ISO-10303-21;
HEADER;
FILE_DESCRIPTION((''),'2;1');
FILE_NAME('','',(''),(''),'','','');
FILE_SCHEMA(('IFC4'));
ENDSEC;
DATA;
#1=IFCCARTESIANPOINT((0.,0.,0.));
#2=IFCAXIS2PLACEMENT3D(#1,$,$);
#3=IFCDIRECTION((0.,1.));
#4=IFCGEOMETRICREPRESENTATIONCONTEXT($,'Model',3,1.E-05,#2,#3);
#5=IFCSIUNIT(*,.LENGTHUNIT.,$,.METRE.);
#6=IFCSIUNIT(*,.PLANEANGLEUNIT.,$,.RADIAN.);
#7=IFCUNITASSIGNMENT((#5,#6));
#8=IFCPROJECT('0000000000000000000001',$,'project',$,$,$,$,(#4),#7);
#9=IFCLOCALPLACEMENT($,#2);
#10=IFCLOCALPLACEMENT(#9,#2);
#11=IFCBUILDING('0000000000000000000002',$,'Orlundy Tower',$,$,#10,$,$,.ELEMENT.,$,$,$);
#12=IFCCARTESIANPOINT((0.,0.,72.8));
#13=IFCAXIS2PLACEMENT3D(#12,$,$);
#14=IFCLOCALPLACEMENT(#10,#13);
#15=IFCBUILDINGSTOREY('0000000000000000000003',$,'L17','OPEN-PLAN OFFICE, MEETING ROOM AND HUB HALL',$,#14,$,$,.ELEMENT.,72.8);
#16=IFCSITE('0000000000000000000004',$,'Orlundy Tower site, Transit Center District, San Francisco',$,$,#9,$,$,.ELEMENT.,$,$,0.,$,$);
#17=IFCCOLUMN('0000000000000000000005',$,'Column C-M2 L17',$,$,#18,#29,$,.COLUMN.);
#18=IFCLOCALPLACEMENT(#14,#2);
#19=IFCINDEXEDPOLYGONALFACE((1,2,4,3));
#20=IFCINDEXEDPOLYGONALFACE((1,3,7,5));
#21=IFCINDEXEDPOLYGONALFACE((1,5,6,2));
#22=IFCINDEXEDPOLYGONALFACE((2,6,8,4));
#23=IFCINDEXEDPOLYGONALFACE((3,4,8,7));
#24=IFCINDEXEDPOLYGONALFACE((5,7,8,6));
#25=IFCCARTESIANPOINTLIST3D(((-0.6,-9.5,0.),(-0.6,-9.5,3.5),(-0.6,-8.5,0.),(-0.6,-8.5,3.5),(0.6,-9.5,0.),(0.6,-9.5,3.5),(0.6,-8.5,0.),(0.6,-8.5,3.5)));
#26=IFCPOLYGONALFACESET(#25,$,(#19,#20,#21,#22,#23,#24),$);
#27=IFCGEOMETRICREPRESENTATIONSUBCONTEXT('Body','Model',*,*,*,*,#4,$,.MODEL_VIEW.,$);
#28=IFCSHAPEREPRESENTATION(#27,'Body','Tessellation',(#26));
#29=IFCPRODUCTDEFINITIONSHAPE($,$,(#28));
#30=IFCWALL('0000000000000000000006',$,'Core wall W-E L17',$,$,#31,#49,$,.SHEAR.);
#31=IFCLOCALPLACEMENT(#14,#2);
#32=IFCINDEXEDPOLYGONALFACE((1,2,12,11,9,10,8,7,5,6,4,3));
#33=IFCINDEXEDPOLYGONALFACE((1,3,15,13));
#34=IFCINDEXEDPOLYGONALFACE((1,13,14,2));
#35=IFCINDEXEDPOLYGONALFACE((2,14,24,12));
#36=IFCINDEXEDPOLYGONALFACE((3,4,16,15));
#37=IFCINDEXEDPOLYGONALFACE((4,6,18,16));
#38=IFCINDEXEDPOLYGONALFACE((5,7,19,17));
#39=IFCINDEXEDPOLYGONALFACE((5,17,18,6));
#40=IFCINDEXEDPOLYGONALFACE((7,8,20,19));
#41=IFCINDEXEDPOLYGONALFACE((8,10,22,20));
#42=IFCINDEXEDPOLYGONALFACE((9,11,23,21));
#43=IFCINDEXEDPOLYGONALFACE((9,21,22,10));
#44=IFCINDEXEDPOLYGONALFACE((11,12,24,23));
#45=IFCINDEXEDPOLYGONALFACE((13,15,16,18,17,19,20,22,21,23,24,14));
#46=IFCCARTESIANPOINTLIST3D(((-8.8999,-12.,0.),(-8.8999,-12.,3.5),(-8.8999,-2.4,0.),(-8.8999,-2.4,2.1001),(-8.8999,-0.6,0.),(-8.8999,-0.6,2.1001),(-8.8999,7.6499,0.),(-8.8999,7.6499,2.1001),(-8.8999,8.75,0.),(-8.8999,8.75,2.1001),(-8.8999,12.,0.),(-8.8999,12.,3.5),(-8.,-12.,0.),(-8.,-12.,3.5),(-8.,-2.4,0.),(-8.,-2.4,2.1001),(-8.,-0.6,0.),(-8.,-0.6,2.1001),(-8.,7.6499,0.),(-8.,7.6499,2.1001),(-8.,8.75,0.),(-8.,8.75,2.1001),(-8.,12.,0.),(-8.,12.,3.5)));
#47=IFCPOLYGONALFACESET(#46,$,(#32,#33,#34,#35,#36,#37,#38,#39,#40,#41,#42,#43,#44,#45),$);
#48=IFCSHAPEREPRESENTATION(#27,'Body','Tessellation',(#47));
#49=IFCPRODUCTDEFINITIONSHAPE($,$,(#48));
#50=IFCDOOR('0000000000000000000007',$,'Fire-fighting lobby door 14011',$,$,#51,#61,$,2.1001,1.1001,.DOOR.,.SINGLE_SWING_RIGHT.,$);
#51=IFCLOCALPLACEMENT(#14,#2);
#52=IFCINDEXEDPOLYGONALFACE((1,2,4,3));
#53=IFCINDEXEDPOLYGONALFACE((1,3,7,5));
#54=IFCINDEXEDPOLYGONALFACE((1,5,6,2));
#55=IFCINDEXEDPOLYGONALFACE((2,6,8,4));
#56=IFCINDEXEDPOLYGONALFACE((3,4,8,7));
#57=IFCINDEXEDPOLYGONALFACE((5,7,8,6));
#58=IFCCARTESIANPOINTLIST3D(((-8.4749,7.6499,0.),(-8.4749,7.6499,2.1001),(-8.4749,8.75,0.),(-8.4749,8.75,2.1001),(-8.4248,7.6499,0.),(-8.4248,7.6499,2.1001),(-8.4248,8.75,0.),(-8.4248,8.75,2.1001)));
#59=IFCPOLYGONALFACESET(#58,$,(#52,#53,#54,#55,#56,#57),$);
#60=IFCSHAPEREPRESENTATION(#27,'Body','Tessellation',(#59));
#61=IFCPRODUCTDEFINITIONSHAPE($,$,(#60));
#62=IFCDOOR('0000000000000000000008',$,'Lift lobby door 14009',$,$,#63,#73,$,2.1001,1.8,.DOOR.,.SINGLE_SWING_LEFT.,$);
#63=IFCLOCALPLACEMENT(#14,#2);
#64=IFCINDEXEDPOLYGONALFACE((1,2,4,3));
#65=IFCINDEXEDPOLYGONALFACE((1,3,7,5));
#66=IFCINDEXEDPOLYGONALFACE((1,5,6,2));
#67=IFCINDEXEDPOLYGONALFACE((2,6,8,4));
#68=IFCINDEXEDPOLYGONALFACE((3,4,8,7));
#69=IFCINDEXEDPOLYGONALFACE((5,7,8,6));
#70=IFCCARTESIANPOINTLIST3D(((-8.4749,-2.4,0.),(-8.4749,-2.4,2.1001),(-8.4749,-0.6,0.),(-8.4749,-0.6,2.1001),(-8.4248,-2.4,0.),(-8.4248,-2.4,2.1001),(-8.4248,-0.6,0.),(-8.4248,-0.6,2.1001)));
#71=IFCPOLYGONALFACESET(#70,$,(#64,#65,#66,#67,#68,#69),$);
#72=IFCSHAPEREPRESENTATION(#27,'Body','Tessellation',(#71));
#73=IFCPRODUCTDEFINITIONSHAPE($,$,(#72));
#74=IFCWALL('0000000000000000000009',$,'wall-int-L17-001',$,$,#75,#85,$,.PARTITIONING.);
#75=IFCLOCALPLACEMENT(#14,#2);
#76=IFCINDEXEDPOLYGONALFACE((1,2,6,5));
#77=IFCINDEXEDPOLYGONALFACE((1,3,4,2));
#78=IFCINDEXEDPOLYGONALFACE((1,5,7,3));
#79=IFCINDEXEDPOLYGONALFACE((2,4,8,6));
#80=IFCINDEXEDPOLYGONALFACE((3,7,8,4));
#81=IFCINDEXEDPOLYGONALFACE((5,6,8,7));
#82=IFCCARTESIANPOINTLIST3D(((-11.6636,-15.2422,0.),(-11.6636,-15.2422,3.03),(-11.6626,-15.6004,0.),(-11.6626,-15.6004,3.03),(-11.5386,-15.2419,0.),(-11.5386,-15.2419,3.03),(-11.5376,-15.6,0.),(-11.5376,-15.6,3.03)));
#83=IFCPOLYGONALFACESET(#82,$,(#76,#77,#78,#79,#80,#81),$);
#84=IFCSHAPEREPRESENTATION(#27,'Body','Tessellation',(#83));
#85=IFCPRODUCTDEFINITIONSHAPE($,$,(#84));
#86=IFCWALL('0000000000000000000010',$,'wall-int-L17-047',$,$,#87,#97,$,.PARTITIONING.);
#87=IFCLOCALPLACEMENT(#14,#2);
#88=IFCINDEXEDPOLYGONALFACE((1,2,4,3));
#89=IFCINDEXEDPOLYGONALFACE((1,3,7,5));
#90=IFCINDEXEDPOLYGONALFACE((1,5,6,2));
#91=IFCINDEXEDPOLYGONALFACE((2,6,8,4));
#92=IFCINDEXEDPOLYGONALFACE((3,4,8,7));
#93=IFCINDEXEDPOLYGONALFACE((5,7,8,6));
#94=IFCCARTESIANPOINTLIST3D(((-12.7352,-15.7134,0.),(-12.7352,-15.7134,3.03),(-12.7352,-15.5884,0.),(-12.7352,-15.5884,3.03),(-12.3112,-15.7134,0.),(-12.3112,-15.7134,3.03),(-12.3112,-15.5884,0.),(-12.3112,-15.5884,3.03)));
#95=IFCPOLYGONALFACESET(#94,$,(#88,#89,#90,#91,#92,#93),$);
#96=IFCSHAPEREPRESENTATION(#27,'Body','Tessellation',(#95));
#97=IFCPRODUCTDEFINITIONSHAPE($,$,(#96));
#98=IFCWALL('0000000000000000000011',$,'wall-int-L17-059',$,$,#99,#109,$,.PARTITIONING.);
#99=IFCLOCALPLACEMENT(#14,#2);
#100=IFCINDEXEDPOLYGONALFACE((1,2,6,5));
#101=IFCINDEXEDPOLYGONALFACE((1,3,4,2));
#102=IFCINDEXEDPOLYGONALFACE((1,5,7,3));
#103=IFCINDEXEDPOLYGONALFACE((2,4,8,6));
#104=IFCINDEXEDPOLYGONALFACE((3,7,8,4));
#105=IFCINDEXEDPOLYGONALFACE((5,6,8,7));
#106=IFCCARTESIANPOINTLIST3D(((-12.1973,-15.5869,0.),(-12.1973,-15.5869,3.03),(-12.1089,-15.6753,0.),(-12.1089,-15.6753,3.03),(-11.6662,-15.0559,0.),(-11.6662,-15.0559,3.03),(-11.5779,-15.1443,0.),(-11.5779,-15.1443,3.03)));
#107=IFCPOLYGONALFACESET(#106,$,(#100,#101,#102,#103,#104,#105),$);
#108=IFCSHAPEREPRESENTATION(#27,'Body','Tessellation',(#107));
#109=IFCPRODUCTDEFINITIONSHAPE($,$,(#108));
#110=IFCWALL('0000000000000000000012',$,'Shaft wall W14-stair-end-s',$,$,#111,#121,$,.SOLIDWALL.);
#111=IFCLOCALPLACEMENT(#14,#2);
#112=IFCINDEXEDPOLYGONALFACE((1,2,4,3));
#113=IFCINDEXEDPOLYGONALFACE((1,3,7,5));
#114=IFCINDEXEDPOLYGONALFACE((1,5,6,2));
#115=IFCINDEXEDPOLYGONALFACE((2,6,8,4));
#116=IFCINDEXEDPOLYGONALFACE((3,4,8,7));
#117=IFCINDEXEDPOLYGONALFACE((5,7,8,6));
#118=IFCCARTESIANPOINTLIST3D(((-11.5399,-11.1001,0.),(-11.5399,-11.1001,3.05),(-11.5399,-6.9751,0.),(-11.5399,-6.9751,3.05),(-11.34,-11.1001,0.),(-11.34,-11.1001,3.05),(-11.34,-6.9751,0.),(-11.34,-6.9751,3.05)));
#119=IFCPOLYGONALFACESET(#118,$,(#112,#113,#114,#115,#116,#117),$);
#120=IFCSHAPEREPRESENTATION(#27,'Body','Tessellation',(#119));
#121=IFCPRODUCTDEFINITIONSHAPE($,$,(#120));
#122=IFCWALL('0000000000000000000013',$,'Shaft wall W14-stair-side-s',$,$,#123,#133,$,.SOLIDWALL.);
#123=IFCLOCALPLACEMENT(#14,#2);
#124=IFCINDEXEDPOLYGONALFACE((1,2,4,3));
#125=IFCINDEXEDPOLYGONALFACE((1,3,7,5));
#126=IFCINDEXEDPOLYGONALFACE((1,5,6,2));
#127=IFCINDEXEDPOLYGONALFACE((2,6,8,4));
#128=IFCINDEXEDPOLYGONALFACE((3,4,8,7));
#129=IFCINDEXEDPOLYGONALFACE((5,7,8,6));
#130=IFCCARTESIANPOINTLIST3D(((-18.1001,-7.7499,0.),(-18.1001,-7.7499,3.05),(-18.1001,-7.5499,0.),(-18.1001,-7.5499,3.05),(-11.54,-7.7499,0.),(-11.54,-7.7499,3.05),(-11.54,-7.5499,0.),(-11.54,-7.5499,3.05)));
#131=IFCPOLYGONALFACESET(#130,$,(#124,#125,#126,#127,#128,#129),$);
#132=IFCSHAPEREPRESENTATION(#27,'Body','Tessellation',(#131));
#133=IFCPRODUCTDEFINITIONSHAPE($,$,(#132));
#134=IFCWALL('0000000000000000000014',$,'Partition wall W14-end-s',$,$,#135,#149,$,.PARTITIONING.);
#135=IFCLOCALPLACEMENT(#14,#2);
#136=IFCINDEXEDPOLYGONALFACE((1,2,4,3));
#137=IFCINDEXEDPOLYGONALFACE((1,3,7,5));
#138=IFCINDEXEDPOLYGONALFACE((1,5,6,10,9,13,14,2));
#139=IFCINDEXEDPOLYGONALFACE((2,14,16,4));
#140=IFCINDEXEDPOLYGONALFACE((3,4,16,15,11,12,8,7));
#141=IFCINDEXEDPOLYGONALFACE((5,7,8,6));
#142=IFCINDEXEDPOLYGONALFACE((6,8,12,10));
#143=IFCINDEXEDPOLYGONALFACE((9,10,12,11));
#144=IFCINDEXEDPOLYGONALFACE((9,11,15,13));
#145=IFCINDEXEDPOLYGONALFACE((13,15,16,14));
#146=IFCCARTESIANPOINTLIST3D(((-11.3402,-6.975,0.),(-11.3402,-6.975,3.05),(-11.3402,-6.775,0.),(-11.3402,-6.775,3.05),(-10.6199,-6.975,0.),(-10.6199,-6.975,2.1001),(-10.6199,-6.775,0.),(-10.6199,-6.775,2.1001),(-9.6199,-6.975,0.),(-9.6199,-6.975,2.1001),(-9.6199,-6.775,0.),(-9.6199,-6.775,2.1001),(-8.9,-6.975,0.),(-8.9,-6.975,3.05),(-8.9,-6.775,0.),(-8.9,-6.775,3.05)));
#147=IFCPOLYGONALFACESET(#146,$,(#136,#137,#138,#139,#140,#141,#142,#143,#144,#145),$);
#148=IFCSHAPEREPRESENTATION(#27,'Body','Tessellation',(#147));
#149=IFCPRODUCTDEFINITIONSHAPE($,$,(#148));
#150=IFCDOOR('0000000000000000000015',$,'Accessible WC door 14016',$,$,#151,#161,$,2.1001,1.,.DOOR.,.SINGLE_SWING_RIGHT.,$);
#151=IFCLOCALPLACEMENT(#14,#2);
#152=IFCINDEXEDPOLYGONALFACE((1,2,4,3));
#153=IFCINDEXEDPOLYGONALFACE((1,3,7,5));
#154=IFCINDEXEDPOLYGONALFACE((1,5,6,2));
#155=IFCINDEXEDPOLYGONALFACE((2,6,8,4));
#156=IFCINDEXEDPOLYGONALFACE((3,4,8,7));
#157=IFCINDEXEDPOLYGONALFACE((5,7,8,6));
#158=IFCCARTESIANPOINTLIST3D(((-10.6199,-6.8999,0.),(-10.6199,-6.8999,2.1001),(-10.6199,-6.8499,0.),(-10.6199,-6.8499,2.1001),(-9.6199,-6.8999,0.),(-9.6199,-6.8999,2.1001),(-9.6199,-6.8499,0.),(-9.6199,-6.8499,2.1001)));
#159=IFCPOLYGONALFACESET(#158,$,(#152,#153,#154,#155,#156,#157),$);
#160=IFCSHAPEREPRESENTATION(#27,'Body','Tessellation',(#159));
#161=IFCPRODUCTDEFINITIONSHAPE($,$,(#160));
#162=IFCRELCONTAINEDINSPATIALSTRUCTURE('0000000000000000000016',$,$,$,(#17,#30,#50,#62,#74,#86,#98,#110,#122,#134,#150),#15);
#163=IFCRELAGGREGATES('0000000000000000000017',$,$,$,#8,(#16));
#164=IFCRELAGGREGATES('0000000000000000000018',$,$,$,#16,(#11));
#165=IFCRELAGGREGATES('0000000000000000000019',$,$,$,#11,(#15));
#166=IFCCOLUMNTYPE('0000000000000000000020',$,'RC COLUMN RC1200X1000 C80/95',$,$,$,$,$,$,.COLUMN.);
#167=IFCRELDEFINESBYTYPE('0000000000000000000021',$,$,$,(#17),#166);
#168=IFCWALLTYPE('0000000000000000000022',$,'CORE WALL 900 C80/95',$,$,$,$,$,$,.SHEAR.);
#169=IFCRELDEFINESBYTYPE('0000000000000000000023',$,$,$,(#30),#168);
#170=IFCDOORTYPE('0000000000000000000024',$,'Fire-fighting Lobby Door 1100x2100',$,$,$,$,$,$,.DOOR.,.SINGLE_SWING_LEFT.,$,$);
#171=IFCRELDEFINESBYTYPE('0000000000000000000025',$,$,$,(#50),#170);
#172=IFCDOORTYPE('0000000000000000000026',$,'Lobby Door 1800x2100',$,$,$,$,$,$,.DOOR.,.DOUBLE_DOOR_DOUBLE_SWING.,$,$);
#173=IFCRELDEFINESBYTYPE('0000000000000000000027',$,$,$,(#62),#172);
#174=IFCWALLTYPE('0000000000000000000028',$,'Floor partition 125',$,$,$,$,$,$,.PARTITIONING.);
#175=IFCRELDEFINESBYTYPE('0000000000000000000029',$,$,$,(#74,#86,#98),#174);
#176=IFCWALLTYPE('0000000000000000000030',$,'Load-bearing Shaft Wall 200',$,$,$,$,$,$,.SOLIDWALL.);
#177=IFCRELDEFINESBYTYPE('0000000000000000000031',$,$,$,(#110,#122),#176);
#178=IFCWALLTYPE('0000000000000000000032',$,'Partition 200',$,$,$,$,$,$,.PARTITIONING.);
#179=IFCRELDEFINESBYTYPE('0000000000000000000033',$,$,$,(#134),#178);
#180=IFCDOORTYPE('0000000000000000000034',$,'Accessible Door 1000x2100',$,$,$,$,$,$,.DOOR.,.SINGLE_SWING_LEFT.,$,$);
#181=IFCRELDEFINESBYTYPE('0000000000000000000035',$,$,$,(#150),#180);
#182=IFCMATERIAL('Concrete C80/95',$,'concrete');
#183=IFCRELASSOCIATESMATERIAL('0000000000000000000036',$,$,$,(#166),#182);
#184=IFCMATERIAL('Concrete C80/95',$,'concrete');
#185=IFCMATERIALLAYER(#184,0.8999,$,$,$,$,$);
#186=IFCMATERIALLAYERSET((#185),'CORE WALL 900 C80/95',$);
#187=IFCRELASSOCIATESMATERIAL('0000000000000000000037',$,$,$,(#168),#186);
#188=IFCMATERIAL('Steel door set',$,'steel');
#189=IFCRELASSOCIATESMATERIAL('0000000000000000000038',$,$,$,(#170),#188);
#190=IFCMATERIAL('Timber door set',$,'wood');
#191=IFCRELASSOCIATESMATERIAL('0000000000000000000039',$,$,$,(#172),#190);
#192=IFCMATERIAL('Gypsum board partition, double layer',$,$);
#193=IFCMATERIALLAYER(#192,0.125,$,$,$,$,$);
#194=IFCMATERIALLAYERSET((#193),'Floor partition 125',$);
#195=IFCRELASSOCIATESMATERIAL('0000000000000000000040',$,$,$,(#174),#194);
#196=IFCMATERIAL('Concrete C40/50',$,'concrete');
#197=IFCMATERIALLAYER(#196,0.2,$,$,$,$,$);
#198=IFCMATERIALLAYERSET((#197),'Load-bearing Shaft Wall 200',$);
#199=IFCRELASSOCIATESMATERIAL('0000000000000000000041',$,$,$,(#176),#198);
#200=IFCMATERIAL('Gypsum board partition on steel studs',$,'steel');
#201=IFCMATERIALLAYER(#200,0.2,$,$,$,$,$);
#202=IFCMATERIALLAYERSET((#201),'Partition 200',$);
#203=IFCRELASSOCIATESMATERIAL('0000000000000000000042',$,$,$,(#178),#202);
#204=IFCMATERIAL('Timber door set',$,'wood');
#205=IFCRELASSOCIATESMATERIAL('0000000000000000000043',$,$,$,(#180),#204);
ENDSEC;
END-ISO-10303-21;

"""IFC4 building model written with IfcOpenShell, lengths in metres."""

from ifc_helpers import new_model, si_unit, direction, frame, frame_2d, origin, origin_2d, place, context, subcontext, project, spatial, rectangle, extrude, material, layer, layer_set, material_profile, profile_set, type_object, element, fill, save


model = new_model("IFC4")

# Units and contexts
model_context = context("Model", 3, precision=1e-05, world=origin(), true_north=direction((0.0, 1.0)))
body_context = subcontext(model_context, "Body", "Model", "MODEL_VIEW")
ifc_project = project(units=[si_unit("LENGTHUNIT", "METRE"), si_unit("PLANEANGLEUNIT", "RADIAN")], contexts=[model_context])

# Site, building, storey
site_placement = place(None, origin())
site = spatial("IfcSite", under=ifc_project, at=site_placement, Name="Orlundy Tower site, Transit Center District, San Francisco", CompositionType="ELEMENT", RefElevation=0.0)
building_placement = place(site_placement, origin())
building = spatial("IfcBuilding", under=site, at=building_placement, Name="Orlundy Tower", CompositionType="ELEMENT")
storey_placement = place(building_placement, frame((0.0, 0.0, 72.8)))
storey = spatial("IfcBuildingStorey", under=building, at=storey_placement, Name="L17", Description="OPEN-PLAN OFFICE, MEETING ROOM AND HUB HALL", CompositionType="ELEMENT", Elevation=72.8)

# Column
ifc_material_1 = material(Name="Concrete C80/95", Category="concrete")
ifc_material_profile = material_profile(ifc_material_1, rectangle(XDim=1.2, YDim=1.0, at=origin_2d()), Name="RC1200X1000")
ifc_profile_set = profile_set([ifc_material_profile], Name="Concrete C80/95")
column_type = type_object("IfcColumnType", Name="RC COLUMN RC1200X1000 C80/95", PredefinedType="COLUMN", material=ifc_profile_set)
column_placement = place(storey_placement, frame((0.0, -9.0, 0.0), z_axis=(0.0, 0.0, 1.0), x_axis=(1.0, 0.0, 0.0)))
element("IfcColumn", 1, at=column_placement, inside=storey, type_object=column_type, Name="Column C-M2 L17", PredefinedType="COLUMN", context=body_context, shape_type="SweptSolid", body=[
    extrude(rectangle(XDim=1.2, YDim=1.0, at=origin_2d()), origin(), (0.0, 0.0, 1.0), 3.5),
])

# Wall, openings, doors
ifc_material_2 = material(Name="Concrete C80/95", Category="concrete")
ifc_layer_1 = layer(ifc_material_2, 0.8999)
ifc_layer_set_1 = layer_set([ifc_layer_1], Name="CORE WALL 900 C80/95")
wall_type_1 = type_object("IfcWallType", Name="CORE WALL 900 C80/95", PredefinedType="SHEAR", material=ifc_layer_set_1)
wall_1_placement = place(storey_placement, frame((-8.45, -12.0, 0.0), z_axis=(0.0, 0.0, 1.0), x_axis=(0.0, 1.0, 0.0)))
wall_1 = element("IfcWall", 2, at=wall_1_placement, inside=storey, type_object=wall_type_1, Name="Core wall W-E L17", PredefinedType="SHEAR", context=body_context, shape_type="SweptSolid", body=[
    extrude(rectangle(XDim=24.0, YDim=0.8999, at=frame_2d((12.0, 0.0))), origin(), (0.0, 0.0, 1.0), 3.5),
])
opening_1_placement = place(wall_1_placement, frame((9.6001, 0.0, 0.0)))
opening_1 = element("IfcOpeningElement", 3, at=opening_1_placement, cuts=wall_1, PredefinedType="OPENING", context=body_context, shape_type="SweptSolid", body=[
    extrude(rectangle(XDim=1.8, YDim=2.1001, at=frame_2d((0.8999, 1.05))), frame((0.0, 0.46, 0.0), z_axis=(0.0, -1.0, 0.0), x_axis=(1.0, 0.0, 0.0)), (0.0, 0.0, 1.0), 0.9199),
])
opening_2_placement = place(wall_1_placement, frame((19.6499, 0.0, 0.0)))
opening_2 = element("IfcOpeningElement", 4, at=opening_2_placement, cuts=wall_1, PredefinedType="OPENING", context=body_context, shape_type="SweptSolid", body=[
    extrude(rectangle(XDim=1.1001, YDim=2.1001, at=frame_2d((0.55, 1.05))), frame((0.0, 0.46, 0.0), z_axis=(0.0, -1.0, 0.0), x_axis=(1.0, 0.0, 0.0)), (0.0, 0.0, 1.0), 0.9199),
])
ifc_material_3 = material(Name="Steel door set", Category="steel")
door_type_1 = type_object("IfcDoorType", Name="Fire-fighting Lobby Door 1100x2100", OperationType="SINGLE_SWING_LEFT", PredefinedType="DOOR", material=ifc_material_3)
door_1_placement = place(opening_2_placement, origin())
door_1 = element("IfcDoor", 5, at=door_1_placement, inside=storey, type_object=door_type_1, Name="Fire-fighting lobby door 14011", OperationType="SINGLE_SWING_RIGHT", OverallHeight=2.1001, OverallWidth=1.1001, PredefinedType="DOOR", context=body_context, shape_type="SweptSolid", body=[
    extrude(rectangle(XDim=1.1001, YDim=2.1001, at=frame_2d((0.55, 1.05))), frame((0.0, 0.0249, 0.0), z_axis=(0.0, -1.0, 0.0), x_axis=(1.0, 0.0, 0.0)), (0.0, 0.0, 1.0), 0.05),
])
fill(opening_2, door_1)
ifc_material_4 = material(Name="Timber door set", Category="wood")
door_type_2 = type_object("IfcDoorType", Name="Lobby Door 1800x2100", OperationType="DOUBLE_DOOR_DOUBLE_SWING", PredefinedType="DOOR", material=ifc_material_4)
door_2_placement = place(opening_1_placement, origin())
door_2 = element("IfcDoor", 6, at=door_2_placement, inside=storey, type_object=door_type_2, Name="Lift lobby door 14009", OperationType="SINGLE_SWING_LEFT", OverallHeight=2.1001, OverallWidth=1.8, PredefinedType="DOOR", context=body_context, shape_type="SweptSolid", body=[
    extrude(rectangle(XDim=1.8, YDim=2.1001, at=frame_2d((0.8999, 1.05))), frame((0.0, 0.0249, 0.0), z_axis=(0.0, -1.0, 0.0), x_axis=(1.0, 0.0, 0.0)), (0.0, 0.0, 1.0), 0.05),
])
fill(opening_1, door_2)

# Walls
ifc_material_5 = material(Name="Gypsum board partition, double layer")
ifc_layer_2 = layer(ifc_material_5, 0.125)
ifc_layer_set_2 = layer_set([ifc_layer_2], Name="Floor partition 125")
wall_type_2 = type_object("IfcWallType", Name="Floor partition 125", PredefinedType="PARTITIONING", material=ifc_layer_set_2)
wall_2_placement = place(storey_placement, frame((-11.6011, -15.2419, 0.0), z_axis=(0.0, 0.0, 1.0), x_axis=(0.002727, -0.999996, 0.0)))
element("IfcWall", 7, at=wall_2_placement, inside=storey, type_object=wall_type_2, Name="wall-int-L17-001", PredefinedType="PARTITIONING", context=body_context, shape_type="SweptSolid", body=[
    extrude(rectangle(XDim=0.3582, YDim=0.125, at=frame_2d((0.1792, 0.0))), origin(), (0.0, 0.0, 1.0), 3.03),
])
wall_3_placement = place(storey_placement, frame((-12.7351, -15.6509, 0.0), z_axis=(0.0, 0.0, 1.0), x_axis=(1.0, 0.0, 0.0)))
element("IfcWall", 8, at=wall_3_placement, inside=storey, type_object=wall_type_2, Name="wall-int-L17-047", PredefinedType="PARTITIONING", context=body_context, shape_type="SweptSolid", body=[
    extrude(rectangle(XDim=0.4241, YDim=0.125, at=frame_2d((0.2119, 0.0))), origin(), (0.0, 0.0, 1.0), 3.03),
])
wall_4_placement = place(storey_placement, frame((-12.1531, -15.6311, 0.0), z_axis=(0.0, 0.0, 1.0), x_axis=(0.707107, 0.707107, 0.0)))
element("IfcWall", 9, at=wall_4_placement, inside=storey, type_object=wall_type_2, Name="wall-int-L17-059", PredefinedType="PARTITIONING", context=body_context, shape_type="SweptSolid", body=[
    extrude(rectangle(XDim=0.751, YDim=0.125, at=frame_2d((0.3755, 0.0))), origin(), (0.0, 0.0, 1.0), 3.03),
])
ifc_material_6 = material(Name="Concrete C40/50", Category="concrete")
ifc_layer_3 = layer(ifc_material_6, 0.2)
ifc_layer_set_3 = layer_set([ifc_layer_3], Name="Load-bearing Shaft Wall 200")
wall_type_3 = type_object("IfcWallType", Name="Load-bearing Shaft Wall 200", PredefinedType="SOLIDWALL", material=ifc_layer_set_3)
wall_5_placement = place(storey_placement, frame((-11.4399, -11.1001, 0.0), z_axis=(0.0, 0.0, 1.0), x_axis=(0.0, 1.0, 0.0)))
element("IfcWall", 10, at=wall_5_placement, inside=storey, type_object=wall_type_3, Name="Shaft wall W14-stair-end-s", PredefinedType="SOLIDWALL", context=body_context, shape_type="SweptSolid", body=[
    extrude(rectangle(XDim=4.125, YDim=0.2, at=frame_2d((2.0625, 0.0))), origin(), (0.0, 0.0, 1.0), 3.05),
])
wall_6_placement = place(storey_placement, frame((-11.54, -7.6499, 0.0), z_axis=(0.0, 0.0, 1.0), x_axis=(-1.0, 0.0, 0.0)))
element("IfcWall", 11, at=wall_6_placement, inside=storey, type_object=wall_type_3, Name="Shaft wall W14-stair-side-s", PredefinedType="SOLIDWALL", context=body_context, shape_type="SweptSolid", body=[
    extrude(rectangle(XDim=6.5601, YDim=0.2, at=frame_2d((3.28, 0.0))), origin(), (0.0, 0.0, 1.0), 3.05),
])

# Wall, opening, door
ifc_material_7 = material(Name="Gypsum board partition on steel studs", Category="steel")
ifc_layer_4 = layer(ifc_material_7, 0.2)
ifc_layer_set_4 = layer_set([ifc_layer_4], Name="Partition 200")
wall_type_4 = type_object("IfcWallType", Name="Partition 200", PredefinedType="PARTITIONING", material=ifc_layer_set_4)
wall_7_placement = place(storey_placement, frame((-8.8999, -6.875, 0.0), z_axis=(0.0, 0.0, 1.0), x_axis=(-1.0, 0.0, 0.0)))
wall_7 = element("IfcWall", 12, at=wall_7_placement, inside=storey, type_object=wall_type_4, Name="Partition wall W14-end-s", PredefinedType="PARTITIONING", context=body_context, shape_type="SweptSolid", body=[
    extrude(rectangle(XDim=2.4402, YDim=0.2, at=frame_2d((1.2202, 0.0))), origin(), (0.0, 0.0, 1.0), 3.05),
])
opening_3_placement = place(wall_7_placement, frame((0.72, 0.0, 0.0)))
opening_3 = element("IfcOpeningElement", 13, at=opening_3_placement, cuts=wall_7, PredefinedType="OPENING", context=body_context, shape_type="SweptSolid", body=[
    extrude(rectangle(XDim=1.0, YDim=2.1001, at=frame_2d((0.5, 1.05))), frame((0.0, 0.1101, 0.0), z_axis=(0.0, -1.0, 0.0), x_axis=(1.0, 0.0, 0.0)), (0.0, 0.0, 1.0), 0.2202),
])
ifc_material_8 = material(Name="Timber door set", Category="wood")
door_type_3 = type_object("IfcDoorType", Name="Accessible Door 1000x2100", OperationType="SINGLE_SWING_LEFT", PredefinedType="DOOR", material=ifc_material_8)
door_3_placement = place(opening_3_placement, origin())
door_3 = element("IfcDoor", 14, at=door_3_placement, inside=storey, type_object=door_type_3, Name="Accessible WC door 14016", OperationType="SINGLE_SWING_RIGHT", OverallHeight=2.1001, OverallWidth=1.0, PredefinedType="DOOR", context=body_context, shape_type="SweptSolid", body=[
    extrude(rectangle(XDim=1.0, YDim=2.1001, at=frame_2d((0.5, 1.05))), frame((0.0, 0.0249, 0.0), z_axis=(0.0, -1.0, 0.0), x_axis=(1.0, 0.0, 0.0)), (0.0, 0.0, 1.0), 0.05),
])
fill(opening_3, door_3)

save(model, "model.ifc")
